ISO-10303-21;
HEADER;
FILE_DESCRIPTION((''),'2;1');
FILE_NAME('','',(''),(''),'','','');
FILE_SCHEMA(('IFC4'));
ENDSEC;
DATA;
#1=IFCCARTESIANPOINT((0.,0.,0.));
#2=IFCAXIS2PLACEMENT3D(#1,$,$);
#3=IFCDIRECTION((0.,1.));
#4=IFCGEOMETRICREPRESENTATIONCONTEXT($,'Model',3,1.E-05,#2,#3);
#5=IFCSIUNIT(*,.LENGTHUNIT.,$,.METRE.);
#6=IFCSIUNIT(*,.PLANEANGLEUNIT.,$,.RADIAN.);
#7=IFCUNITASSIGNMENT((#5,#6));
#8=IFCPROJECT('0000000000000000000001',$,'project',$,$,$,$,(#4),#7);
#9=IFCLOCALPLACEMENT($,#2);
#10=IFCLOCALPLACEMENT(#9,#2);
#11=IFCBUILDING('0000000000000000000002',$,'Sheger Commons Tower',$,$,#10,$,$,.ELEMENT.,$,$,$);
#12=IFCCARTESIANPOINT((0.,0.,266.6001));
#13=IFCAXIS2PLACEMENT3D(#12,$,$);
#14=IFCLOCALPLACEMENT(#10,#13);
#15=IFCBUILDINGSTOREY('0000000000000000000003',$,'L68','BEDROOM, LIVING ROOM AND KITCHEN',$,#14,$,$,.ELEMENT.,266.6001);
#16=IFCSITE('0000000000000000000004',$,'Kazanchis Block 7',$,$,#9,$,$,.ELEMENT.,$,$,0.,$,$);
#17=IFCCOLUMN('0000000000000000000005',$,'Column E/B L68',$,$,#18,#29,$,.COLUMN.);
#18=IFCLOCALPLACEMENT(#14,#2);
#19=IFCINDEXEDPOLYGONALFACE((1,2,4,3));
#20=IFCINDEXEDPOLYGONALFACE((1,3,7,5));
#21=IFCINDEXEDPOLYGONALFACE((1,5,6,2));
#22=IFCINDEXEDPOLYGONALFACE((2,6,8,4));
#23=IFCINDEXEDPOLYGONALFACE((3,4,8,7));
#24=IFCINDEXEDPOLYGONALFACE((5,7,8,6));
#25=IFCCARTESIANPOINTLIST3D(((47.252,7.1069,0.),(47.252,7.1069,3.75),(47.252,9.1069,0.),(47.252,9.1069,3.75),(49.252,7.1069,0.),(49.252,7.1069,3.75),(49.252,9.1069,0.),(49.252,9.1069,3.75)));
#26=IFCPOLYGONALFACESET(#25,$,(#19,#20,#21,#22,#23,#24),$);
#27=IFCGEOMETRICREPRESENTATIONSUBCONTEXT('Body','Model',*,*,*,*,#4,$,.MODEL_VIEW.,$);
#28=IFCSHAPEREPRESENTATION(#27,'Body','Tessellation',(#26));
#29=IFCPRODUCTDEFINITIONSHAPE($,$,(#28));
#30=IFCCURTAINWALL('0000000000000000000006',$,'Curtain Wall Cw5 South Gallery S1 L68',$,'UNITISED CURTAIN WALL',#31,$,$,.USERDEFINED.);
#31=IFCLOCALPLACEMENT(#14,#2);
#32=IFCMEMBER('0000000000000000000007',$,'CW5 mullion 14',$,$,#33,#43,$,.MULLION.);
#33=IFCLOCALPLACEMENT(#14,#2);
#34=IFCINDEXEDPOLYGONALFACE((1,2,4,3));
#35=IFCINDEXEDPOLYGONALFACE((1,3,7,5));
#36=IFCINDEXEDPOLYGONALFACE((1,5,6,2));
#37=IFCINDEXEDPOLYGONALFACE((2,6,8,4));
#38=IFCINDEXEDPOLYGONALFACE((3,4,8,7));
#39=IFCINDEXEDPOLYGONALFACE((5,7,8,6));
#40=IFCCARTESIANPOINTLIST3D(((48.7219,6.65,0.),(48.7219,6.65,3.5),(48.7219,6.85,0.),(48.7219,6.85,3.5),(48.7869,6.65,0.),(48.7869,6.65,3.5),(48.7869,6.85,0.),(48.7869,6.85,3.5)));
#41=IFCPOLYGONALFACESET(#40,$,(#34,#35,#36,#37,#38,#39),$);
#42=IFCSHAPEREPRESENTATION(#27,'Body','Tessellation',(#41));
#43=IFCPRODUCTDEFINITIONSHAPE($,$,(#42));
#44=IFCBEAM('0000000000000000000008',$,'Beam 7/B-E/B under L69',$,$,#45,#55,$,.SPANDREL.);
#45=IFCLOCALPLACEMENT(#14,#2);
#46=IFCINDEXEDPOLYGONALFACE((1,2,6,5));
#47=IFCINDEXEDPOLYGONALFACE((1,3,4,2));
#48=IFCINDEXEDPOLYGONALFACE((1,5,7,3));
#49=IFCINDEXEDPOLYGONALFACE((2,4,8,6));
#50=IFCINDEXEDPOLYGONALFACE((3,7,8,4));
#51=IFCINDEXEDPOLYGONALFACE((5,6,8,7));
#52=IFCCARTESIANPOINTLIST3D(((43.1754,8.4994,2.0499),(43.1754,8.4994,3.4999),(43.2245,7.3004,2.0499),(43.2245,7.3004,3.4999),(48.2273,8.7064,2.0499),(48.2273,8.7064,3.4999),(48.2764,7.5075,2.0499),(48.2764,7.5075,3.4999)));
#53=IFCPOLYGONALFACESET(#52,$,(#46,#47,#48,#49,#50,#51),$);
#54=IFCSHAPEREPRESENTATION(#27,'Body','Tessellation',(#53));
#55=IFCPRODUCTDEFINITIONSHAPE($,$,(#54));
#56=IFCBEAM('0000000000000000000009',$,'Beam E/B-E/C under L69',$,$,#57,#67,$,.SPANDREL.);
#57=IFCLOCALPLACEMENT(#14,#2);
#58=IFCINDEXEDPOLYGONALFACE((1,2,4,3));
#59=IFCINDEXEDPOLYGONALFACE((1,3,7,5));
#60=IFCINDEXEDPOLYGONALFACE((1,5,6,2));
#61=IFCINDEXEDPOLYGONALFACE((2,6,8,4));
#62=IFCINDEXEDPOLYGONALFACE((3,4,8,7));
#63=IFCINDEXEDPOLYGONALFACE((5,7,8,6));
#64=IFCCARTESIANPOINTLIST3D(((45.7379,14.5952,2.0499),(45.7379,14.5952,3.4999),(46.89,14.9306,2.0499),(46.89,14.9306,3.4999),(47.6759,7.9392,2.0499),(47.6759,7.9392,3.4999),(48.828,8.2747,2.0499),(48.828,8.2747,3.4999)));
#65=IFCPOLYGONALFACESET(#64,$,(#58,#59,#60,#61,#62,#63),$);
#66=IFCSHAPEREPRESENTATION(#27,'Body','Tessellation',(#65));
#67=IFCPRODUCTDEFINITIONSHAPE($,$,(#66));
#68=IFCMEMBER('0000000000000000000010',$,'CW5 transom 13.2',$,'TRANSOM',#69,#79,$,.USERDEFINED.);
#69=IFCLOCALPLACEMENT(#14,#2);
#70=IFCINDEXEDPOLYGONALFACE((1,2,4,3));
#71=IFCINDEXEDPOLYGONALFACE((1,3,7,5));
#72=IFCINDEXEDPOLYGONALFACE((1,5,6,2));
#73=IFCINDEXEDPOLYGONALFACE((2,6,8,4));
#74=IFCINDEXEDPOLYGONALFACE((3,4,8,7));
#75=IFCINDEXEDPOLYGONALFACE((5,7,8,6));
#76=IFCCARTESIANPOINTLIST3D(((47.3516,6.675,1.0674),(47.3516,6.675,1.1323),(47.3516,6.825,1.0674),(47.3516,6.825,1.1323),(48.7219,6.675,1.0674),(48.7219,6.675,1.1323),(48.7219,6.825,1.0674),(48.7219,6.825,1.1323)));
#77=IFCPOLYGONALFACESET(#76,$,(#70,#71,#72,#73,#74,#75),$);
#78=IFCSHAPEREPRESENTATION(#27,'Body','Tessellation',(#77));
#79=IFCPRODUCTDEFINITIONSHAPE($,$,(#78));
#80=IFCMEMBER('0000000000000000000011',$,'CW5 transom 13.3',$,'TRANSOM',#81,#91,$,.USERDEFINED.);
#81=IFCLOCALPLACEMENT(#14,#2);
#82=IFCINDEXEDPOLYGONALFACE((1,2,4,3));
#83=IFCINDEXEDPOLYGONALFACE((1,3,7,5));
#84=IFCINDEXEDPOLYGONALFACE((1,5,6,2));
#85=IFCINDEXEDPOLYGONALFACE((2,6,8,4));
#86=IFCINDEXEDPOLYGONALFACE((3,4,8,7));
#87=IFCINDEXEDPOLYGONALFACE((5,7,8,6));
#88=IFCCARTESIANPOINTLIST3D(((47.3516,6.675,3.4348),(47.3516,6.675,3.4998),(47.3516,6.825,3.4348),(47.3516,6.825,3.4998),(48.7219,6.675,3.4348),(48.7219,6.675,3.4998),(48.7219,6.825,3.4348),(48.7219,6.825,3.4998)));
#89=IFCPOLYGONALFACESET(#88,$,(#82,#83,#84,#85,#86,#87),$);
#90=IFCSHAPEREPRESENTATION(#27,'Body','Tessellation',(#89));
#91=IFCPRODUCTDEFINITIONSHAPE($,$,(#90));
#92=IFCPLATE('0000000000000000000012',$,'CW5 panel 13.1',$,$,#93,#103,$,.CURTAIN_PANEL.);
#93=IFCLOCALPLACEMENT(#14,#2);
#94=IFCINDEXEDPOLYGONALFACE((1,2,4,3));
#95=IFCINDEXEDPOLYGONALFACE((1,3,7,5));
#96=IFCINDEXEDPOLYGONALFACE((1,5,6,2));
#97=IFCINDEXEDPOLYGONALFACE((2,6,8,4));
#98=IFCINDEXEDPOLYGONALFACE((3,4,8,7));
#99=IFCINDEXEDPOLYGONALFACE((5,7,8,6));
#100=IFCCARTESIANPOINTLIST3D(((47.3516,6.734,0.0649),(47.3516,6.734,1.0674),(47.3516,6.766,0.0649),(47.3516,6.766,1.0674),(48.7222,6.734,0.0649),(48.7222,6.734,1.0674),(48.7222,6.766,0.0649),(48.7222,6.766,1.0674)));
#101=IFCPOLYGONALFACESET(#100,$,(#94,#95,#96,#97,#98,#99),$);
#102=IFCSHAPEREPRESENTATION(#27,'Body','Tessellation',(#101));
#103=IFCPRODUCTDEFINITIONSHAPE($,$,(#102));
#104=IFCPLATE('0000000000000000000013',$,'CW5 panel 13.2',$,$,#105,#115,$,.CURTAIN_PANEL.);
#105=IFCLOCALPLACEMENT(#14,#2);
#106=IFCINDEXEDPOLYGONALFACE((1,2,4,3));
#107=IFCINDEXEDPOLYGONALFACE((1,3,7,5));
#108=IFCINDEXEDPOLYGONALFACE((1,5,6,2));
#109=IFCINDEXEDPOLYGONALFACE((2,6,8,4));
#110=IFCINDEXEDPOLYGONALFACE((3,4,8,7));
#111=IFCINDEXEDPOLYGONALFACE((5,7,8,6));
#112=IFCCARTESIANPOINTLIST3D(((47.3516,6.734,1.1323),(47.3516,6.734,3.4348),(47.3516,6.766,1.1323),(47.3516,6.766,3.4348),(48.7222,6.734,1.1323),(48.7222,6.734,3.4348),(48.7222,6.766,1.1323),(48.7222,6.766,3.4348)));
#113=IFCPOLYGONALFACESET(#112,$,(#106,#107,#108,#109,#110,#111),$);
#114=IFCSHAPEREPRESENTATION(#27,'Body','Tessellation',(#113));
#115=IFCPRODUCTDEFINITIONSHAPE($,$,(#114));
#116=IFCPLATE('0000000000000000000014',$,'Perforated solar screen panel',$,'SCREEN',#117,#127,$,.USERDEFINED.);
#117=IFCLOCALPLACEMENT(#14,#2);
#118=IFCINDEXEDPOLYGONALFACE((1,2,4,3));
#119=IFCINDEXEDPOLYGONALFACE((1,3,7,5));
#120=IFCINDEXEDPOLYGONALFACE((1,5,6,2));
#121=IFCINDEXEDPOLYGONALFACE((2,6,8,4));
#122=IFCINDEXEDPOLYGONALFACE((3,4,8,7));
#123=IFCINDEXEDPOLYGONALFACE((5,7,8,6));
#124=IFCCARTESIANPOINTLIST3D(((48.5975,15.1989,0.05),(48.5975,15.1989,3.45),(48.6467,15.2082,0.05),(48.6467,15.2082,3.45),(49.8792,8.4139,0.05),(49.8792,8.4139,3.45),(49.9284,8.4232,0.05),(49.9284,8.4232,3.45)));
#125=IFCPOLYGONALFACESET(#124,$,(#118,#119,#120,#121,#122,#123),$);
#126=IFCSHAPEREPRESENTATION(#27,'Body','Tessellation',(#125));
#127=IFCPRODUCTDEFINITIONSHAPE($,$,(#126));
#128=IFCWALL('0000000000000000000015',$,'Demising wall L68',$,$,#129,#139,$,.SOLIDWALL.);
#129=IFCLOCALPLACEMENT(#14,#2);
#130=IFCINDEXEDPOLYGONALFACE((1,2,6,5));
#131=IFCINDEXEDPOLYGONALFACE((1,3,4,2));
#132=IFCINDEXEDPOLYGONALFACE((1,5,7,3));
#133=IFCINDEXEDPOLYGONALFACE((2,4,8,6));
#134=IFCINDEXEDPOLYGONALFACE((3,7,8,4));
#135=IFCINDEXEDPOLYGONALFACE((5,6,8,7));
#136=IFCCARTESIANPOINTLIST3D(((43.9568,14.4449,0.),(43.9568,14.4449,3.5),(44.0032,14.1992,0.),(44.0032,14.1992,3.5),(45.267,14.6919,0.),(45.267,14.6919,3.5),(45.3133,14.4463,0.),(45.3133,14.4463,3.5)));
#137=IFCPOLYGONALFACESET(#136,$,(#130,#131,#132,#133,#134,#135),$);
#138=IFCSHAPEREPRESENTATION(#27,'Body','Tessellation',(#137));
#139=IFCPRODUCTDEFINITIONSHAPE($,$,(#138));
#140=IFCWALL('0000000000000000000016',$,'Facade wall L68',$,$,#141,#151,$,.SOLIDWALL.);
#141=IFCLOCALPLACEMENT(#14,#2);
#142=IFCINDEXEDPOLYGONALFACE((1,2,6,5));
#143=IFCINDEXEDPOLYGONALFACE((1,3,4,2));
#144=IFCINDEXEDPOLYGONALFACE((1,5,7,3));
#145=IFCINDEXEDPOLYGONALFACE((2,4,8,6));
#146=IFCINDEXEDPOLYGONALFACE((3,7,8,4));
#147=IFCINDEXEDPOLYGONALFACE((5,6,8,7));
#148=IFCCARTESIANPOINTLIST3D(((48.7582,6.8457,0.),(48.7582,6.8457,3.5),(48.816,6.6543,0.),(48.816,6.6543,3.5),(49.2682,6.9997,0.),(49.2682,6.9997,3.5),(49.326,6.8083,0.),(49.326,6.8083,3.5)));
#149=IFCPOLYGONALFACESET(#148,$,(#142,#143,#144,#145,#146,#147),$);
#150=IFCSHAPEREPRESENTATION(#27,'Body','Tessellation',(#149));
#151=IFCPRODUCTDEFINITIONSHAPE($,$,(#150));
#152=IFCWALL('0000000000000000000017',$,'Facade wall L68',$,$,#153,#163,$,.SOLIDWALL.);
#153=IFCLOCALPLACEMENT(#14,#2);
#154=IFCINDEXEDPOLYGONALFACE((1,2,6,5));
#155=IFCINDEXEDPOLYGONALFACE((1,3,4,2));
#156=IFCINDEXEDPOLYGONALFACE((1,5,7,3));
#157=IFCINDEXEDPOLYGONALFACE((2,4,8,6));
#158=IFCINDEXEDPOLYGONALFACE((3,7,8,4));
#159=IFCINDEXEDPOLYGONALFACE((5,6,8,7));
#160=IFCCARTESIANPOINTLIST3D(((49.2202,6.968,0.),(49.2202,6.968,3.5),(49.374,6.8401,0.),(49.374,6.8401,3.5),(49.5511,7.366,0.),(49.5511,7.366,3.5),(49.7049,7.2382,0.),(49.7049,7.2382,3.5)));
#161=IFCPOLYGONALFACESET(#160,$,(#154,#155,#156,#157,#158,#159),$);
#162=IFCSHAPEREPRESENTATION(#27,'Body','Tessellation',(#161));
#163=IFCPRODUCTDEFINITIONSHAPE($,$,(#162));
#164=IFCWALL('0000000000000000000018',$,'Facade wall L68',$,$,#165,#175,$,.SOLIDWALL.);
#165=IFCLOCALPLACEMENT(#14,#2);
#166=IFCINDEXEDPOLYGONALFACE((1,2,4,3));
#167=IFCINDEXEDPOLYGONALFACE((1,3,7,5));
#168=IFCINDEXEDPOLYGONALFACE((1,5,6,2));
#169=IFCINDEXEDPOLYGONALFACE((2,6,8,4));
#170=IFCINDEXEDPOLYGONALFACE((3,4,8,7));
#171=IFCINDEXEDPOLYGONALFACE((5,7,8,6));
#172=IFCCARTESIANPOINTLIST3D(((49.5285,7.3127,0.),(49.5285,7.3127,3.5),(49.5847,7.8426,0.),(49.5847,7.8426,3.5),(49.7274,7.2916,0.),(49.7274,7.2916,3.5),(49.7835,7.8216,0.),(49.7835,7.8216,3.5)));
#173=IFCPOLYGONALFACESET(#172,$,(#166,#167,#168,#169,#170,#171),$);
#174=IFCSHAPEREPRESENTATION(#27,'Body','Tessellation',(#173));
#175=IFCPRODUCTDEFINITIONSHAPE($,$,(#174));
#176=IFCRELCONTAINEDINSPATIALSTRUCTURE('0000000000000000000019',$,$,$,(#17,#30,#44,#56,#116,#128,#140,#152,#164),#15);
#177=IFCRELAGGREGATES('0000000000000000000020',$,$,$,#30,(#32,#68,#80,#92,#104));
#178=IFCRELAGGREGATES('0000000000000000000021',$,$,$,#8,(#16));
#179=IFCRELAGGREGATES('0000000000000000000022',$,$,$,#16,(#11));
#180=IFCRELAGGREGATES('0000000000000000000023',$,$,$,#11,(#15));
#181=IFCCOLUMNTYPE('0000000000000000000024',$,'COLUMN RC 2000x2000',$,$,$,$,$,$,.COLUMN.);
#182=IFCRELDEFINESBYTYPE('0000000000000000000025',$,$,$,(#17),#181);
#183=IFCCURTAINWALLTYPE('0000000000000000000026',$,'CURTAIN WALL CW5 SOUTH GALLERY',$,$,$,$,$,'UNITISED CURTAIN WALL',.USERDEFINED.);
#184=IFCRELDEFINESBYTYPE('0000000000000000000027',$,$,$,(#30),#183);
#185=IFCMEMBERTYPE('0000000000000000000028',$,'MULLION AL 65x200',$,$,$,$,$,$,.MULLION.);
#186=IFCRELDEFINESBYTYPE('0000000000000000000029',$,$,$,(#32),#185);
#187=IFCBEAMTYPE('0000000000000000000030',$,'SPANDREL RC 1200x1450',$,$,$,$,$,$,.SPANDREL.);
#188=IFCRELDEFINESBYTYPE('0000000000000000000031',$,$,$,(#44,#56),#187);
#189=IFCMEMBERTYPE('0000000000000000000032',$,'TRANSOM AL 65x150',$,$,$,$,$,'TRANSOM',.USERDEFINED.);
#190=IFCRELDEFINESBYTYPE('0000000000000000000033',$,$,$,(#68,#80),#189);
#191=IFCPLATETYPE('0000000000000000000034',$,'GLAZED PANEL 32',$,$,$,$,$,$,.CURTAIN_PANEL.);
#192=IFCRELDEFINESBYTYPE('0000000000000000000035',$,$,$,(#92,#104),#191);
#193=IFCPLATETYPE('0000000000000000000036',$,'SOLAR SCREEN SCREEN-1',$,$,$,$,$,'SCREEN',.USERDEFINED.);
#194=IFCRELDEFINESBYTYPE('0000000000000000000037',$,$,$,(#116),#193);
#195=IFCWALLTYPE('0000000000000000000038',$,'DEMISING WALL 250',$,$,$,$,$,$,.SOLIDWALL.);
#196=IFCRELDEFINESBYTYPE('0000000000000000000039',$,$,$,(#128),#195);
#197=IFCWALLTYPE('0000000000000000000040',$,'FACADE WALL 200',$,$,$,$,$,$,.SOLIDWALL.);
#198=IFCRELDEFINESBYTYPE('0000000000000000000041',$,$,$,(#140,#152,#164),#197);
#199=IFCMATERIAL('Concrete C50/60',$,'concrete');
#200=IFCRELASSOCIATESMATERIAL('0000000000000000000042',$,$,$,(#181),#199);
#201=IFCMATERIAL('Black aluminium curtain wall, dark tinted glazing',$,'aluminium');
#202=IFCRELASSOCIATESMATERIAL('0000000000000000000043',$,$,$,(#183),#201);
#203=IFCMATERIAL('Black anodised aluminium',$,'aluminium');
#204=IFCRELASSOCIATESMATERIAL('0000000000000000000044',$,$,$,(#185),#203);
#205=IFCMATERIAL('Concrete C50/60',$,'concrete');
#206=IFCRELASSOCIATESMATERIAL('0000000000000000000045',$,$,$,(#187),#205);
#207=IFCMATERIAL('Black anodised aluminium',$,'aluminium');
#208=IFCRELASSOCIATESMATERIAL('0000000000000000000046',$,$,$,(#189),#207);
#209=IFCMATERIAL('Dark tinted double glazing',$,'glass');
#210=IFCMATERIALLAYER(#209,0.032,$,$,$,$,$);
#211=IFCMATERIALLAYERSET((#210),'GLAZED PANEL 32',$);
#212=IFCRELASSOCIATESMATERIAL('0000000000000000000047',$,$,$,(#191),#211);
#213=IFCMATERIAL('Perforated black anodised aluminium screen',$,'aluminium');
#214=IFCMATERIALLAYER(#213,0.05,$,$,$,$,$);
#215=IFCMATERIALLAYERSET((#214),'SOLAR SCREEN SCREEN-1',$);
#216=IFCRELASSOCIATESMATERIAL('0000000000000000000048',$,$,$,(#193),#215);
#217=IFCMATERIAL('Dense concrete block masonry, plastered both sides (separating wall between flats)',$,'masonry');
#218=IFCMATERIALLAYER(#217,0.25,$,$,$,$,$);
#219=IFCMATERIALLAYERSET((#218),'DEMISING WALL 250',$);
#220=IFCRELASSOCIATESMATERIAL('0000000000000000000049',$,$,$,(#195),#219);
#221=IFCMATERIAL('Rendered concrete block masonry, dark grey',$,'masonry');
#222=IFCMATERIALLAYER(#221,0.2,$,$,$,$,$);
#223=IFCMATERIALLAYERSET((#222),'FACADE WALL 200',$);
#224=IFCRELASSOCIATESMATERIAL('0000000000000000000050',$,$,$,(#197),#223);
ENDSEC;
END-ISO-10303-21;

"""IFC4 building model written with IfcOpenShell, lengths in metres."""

from ifc_helpers import new_model, si_unit, direction, frame, frame_2d, origin, origin_2d, place, context, subcontext, project, spatial, rectangle, extrude, material, layer, layer_set, material_profile, profile_set, type_object, element, aggregate, save


model = new_model("IFC4")

# Units and contexts
model_context = context("Model", 3, precision=1e-05, world=origin(), true_north=direction((0.0, 1.0)))
body_context = subcontext(model_context, "Body", "Model", "MODEL_VIEW")
ifc_project = project(units=[si_unit("LENGTHUNIT", "METRE"), si_unit("PLANEANGLEUNIT", "RADIAN")], contexts=[model_context])

# Site, building, storey
site_placement = place(None, origin())
site = spatial("IfcSite", under=ifc_project, at=site_placement, Name="Kazanchis Block 7", CompositionType="ELEMENT", RefElevation=0.0)
building_placement = place(site_placement, origin())
building = spatial("IfcBuilding", under=site, at=building_placement, Name="Sheger Commons Tower", CompositionType="ELEMENT")
storey_placement = place(building_placement, frame((0.0, 0.0, 266.6001)))
storey = spatial("IfcBuildingStorey", under=building, at=storey_placement, Name="L68", Description="BEDROOM, LIVING ROOM AND KITCHEN", CompositionType="ELEMENT", Elevation=266.6001)

# Column
ifc_material_1 = material(Name="Concrete C50/60", Category="concrete")
ifc_material_profile_1 = material_profile(ifc_material_1, rectangle(XDim=2.0, YDim=2.0, at=origin_2d()), Name="RC 2000x2000")
ifc_profile_set_1 = profile_set([ifc_material_profile_1], Name="Concrete C50/60")
column_type = type_object("IfcColumnType", Name="COLUMN RC 2000x2000", PredefinedType="COLUMN", material=ifc_profile_set_1)
column_placement = place(storey_placement, frame((48.252, 8.1069, 0.0), z_axis=(0.0, 0.0, 1.0), x_axis=(1.0, 0.0, 0.0)))
element("IfcColumn", 1, at=column_placement, inside=storey, type_object=column_type, Name="Column E/B L68", PredefinedType="COLUMN", context=body_context, shape_type="SweptSolid", body=[
    extrude(rectangle(XDim=2.0, YDim=2.0, at=origin_2d()), origin(), (0.0, 0.0, 1.0), 3.75),
])

# Curtain wall, member
ifc_material_2 = material(Name="Black aluminium curtain wall, dark tinted glazing", Category="aluminium")
curtain_wall_type = type_object("IfcCurtainWallType", Name="CURTAIN WALL CW5 SOUTH GALLERY", ElementType="UNITISED CURTAIN WALL", PredefinedType="USERDEFINED", material=ifc_material_2)
curtain_wall_placement = place(storey_placement, origin())
curtain_wall = element("IfcCurtainWall", 2, at=curtain_wall_placement, inside=storey, type_object=curtain_wall_type, Name="Curtain Wall Cw5 South Gallery S1 L68", ObjectType="UNITISED CURTAIN WALL", PredefinedType="USERDEFINED")
ifc_material_3 = material(Name="Black anodised aluminium", Category="aluminium")
ifc_material_profile_2 = material_profile(ifc_material_3, rectangle(XDim=0.2, YDim=0.0649, at=origin_2d()), Name="AL 65x200")
ifc_profile_set_2 = profile_set([ifc_material_profile_2], Name="Black anodised aluminium")
member_type_1 = type_object("IfcMemberType", Name="MULLION AL 65x200", PredefinedType="MULLION", material=ifc_profile_set_2)
member_1_placement = place(storey_placement, frame((48.7544, 6.75, 0.0), z_axis=(0.0, 0.0, 1.0), x_axis=(0.0, 1.0, 0.0)))
member_1 = element("IfcMember", 3, at=member_1_placement, type_object=member_type_1, Name="CW5 mullion 14", PredefinedType="MULLION", context=body_context, shape_type="SweptSolid", body=[
    extrude(rectangle(XDim=0.2, YDim=0.0649, at=origin_2d()), origin(), (0.0, 0.0, 1.0), 3.5),
])

# Beams
ifc_material_4 = material(Name="Concrete C50/60", Category="concrete")
ifc_material_profile_3 = material_profile(ifc_material_4, rectangle(XDim=1.2, YDim=1.45, at=origin_2d()), Name="RC 1200x1450")
ifc_profile_set_3 = profile_set([ifc_material_profile_3], Name="Concrete C50/60")
beam_type = type_object("IfcBeamType", Name="SPANDREL RC 1200x1450", PredefinedType="SPANDREL", material=ifc_profile_set_3)
beam_1_placement = place(storey_placement, frame((43.2, 7.8999, 2.7749), z_axis=(0.999161, 0.040946, 0.0), x_axis=(-0.040946, 0.999161, 0.0)))
element("IfcBeam", 4, at=beam_1_placement, inside=storey, type_object=beam_type, Name="Beam 7/B-E/B under L69", PredefinedType="SPANDREL", context=body_context, shape_type="SweptSolid", body=[
    extrude(rectangle(XDim=1.2, YDim=1.45, at=origin_2d()), origin(), (0.0, 0.0, 1.0), 5.0562),
])
beam_2_placement = place(storey_placement, frame((48.252, 8.1069, 2.7749), z_axis=(-0.279555, 0.96013, 0.0), x_axis=(-0.96013, -0.279555, 0.0)))
element("IfcBeam", 5, at=beam_2_placement, inside=storey, type_object=beam_type, Name="Beam E/B-E/C under L69", PredefinedType="SPANDREL", context=body_context, shape_type="SweptSolid", body=[
    extrude(rectangle(XDim=1.2, YDim=1.45, at=origin_2d()), origin(), (0.0, 0.0, 1.0), 6.9324),
])

# Members
ifc_material_5 = material(Name="Black anodised aluminium", Category="aluminium")
ifc_material_profile_4 = material_profile(ifc_material_5, rectangle(XDim=0.1499, YDim=0.0649, at=origin_2d()), Name="AL 65x150")
ifc_profile_set_4 = profile_set([ifc_material_profile_4], Name="Black anodised aluminium")
member_type_2 = type_object("IfcMemberType", Name="TRANSOM AL 65x150", ElementType="TRANSOM", PredefinedType="USERDEFINED", material=ifc_profile_set_4)
member_2_placement = place(storey_placement, frame((47.3516, 6.75, 1.0999), z_axis=(1.0, 0.0, 0.0), x_axis=(0.0, 1.0, 0.0)))
member_2 = element("IfcMember", 6, at=member_2_placement, type_object=member_type_2, Name="CW5 transom 13.2", ObjectType="TRANSOM", PredefinedType="USERDEFINED", context=body_context, shape_type="SweptSolid", body=[
    extrude(rectangle(XDim=0.1499, YDim=0.0649, at=origin_2d()), origin(), (0.0, 0.0, 1.0), 1.3704),
])
member_3_placement = place(storey_placement, frame((47.3516, 6.75, 3.4673), z_axis=(1.0, 0.0, 0.0), x_axis=(0.0, 1.0, 0.0)))
member_3 = element("IfcMember", 7, at=member_3_placement, type_object=member_type_2, Name="CW5 transom 13.3", ObjectType="TRANSOM", PredefinedType="USERDEFINED", context=body_context, shape_type="SweptSolid", body=[
    extrude(rectangle(XDim=0.1499, YDim=0.0649, at=origin_2d()), origin(), (0.0, 0.0, 1.0), 1.3704),
])

# Plates
ifc_material_6 = material(Name="Dark tinted double glazing", Category="glass")
ifc_layer_1 = layer(ifc_material_6, 0.032)
ifc_layer_set_1 = layer_set([ifc_layer_1], Name="GLAZED PANEL 32")
plate_type_1 = type_object("IfcPlateType", Name="GLAZED PANEL 32", PredefinedType="CURTAIN_PANEL", material=ifc_layer_set_1)
plate_1_placement = place(storey_placement, frame((48.0369, 6.75, 0.0649), z_axis=(0.0, 0.0, 1.0), x_axis=(1.0, 0.0, 0.0)))
plate_1 = element("IfcPlate", 8, at=plate_1_placement, type_object=plate_type_1, Name="CW5 panel 13.1", PredefinedType="CURTAIN_PANEL", context=body_context, shape_type="SweptSolid", body=[
    extrude(rectangle(XDim=1.3706, YDim=0.032, at=origin_2d()), origin(), (0.0, 0.0, 1.0), 1.0024),
])
plate_2_placement = place(storey_placement, frame((48.0369, 6.75, 1.1323), z_axis=(0.0, 0.0, 1.0), x_axis=(1.0, 0.0, 0.0)))
plate_2 = element("IfcPlate", 9, at=plate_2_placement, type_object=plate_type_1, Name="CW5 panel 13.2", PredefinedType="CURTAIN_PANEL", context=body_context, shape_type="SweptSolid", body=[
    extrude(rectangle(XDim=1.3706, YDim=0.032, at=origin_2d()), origin(), (0.0, 0.0, 1.0), 2.3025),
])
aggregate(curtain_wall, [member_1, member_2, member_3, plate_1, plate_2])
ifc_material_7 = material(Name="Perforated black anodised aluminium screen", Category="aluminium")
ifc_layer_2 = layer(ifc_material_7, 0.05)
ifc_layer_set_2 = layer_set([ifc_layer_2], Name="SOLAR SCREEN SCREEN-1")
plate_type_2 = type_object("IfcPlateType", Name="SOLAR SCREEN SCREEN-1", ElementType="SCREEN", PredefinedType="USERDEFINED", material=ifc_layer_set_2)
plate_3_placement = place(storey_placement, frame((49.2629, 11.811, 0.05), z_axis=(0.0, 0.0, 1.0), x_axis=(-0.185615, 0.982623, 0.0)))
element("IfcPlate", 10, at=plate_3_placement, inside=storey, type_object=plate_type_2, Name="Perforated solar screen panel", ObjectType="SCREEN", PredefinedType="USERDEFINED", context=body_context, shape_type="SweptSolid", body=[
    extrude(rectangle(XDim=6.905, YDim=0.05, at=origin_2d()), origin(), (0.0, 0.0, 1.0), 3.3999),
])

# Walls
ifc_material_8 = material(Name="Dense concrete block masonry, plastered both sides (separating wall between flats)", Category="masonry")
ifc_layer_3 = layer(ifc_material_8, 0.25)
ifc_layer_set_3 = layer_set([ifc_layer_3], Name="DEMISING WALL 250")
wall_type_1 = type_object("IfcWallType", Name="DEMISING WALL 250", PredefinedType="SOLIDWALL", material=ifc_layer_set_3)
wall_1_placement = place(storey_placement, frame((45.29, 14.5691, 0.0), z_axis=(0.0, 0.0, 1.0), x_axis=(-0.982677, -0.185328, 0.0)))
element("IfcWall", 11, at=wall_1_placement, inside=storey, type_object=wall_type_1, Name="Demising wall L68", PredefinedType="SOLIDWALL", context=body_context, shape_type="SweptSolid", body=[
    extrude(rectangle(XDim=1.3333, YDim=0.25, at=frame_2d((0.6665, 0.0))), origin(), (0.0, 0.0, 1.0), 3.5),
])
ifc_material_9 = material(Name="Rendered concrete block masonry, dark grey", Category="masonry")
ifc_layer_4 = layer(ifc_material_9, 0.2)
ifc_layer_set_4 = layer_set([ifc_layer_4], Name="FACADE WALL 200")
wall_type_2 = type_object("IfcWallType", Name="FACADE WALL 200", PredefinedType="SOLIDWALL", material=ifc_layer_set_4)
wall_2_placement = place(storey_placement, frame((48.7871, 6.75, 0.0), z_axis=(0.0, 0.0, 1.0), x_axis=(0.957282, 0.289155, 0.0)))
element("IfcWall", 12, at=wall_2_placement, inside=storey, type_object=wall_type_2, Name="Facade wall L68", PredefinedType="SOLIDWALL", context=body_context, shape_type="SweptSolid", body=[
    extrude(rectangle(XDim=0.5327, YDim=0.2, at=frame_2d((0.2664, 0.0))), origin(), (0.0, 0.0, 1.0), 3.5),
])
wall_3_placement = place(storey_placement, frame((49.2971, 6.9041, 0.0), z_axis=(0.0, 0.0, 1.0), x_axis=(0.639256, 0.768994, 0.0)))
element("IfcWall", 13, at=wall_3_placement, inside=storey, type_object=wall_type_2, Name="Facade wall L68", PredefinedType="SOLIDWALL", context=body_context, shape_type="SweptSolid", body=[
    extrude(rectangle(XDim=0.5176, YDim=0.2, at=frame_2d((0.2588, 0.0))), origin(), (0.0, 0.0, 1.0), 3.5),
])
wall_4_placement = place(storey_placement, frame((49.6279, 7.302, 0.0), z_axis=(0.0, 0.0, 1.0), x_axis=(0.105352, 0.994435, 0.0)))
element("IfcWall", 14, at=wall_4_placement, inside=storey, type_object=wall_type_2, Name="Facade wall L68", PredefinedType="SOLIDWALL", context=body_context, shape_type="SweptSolid", body=[
    extrude(rectangle(XDim=0.533, YDim=0.2, at=frame_2d((0.2666, 0.0))), origin(), (0.0, 0.0, 1.0), 3.5),
])

save(model, "model.ifc")
